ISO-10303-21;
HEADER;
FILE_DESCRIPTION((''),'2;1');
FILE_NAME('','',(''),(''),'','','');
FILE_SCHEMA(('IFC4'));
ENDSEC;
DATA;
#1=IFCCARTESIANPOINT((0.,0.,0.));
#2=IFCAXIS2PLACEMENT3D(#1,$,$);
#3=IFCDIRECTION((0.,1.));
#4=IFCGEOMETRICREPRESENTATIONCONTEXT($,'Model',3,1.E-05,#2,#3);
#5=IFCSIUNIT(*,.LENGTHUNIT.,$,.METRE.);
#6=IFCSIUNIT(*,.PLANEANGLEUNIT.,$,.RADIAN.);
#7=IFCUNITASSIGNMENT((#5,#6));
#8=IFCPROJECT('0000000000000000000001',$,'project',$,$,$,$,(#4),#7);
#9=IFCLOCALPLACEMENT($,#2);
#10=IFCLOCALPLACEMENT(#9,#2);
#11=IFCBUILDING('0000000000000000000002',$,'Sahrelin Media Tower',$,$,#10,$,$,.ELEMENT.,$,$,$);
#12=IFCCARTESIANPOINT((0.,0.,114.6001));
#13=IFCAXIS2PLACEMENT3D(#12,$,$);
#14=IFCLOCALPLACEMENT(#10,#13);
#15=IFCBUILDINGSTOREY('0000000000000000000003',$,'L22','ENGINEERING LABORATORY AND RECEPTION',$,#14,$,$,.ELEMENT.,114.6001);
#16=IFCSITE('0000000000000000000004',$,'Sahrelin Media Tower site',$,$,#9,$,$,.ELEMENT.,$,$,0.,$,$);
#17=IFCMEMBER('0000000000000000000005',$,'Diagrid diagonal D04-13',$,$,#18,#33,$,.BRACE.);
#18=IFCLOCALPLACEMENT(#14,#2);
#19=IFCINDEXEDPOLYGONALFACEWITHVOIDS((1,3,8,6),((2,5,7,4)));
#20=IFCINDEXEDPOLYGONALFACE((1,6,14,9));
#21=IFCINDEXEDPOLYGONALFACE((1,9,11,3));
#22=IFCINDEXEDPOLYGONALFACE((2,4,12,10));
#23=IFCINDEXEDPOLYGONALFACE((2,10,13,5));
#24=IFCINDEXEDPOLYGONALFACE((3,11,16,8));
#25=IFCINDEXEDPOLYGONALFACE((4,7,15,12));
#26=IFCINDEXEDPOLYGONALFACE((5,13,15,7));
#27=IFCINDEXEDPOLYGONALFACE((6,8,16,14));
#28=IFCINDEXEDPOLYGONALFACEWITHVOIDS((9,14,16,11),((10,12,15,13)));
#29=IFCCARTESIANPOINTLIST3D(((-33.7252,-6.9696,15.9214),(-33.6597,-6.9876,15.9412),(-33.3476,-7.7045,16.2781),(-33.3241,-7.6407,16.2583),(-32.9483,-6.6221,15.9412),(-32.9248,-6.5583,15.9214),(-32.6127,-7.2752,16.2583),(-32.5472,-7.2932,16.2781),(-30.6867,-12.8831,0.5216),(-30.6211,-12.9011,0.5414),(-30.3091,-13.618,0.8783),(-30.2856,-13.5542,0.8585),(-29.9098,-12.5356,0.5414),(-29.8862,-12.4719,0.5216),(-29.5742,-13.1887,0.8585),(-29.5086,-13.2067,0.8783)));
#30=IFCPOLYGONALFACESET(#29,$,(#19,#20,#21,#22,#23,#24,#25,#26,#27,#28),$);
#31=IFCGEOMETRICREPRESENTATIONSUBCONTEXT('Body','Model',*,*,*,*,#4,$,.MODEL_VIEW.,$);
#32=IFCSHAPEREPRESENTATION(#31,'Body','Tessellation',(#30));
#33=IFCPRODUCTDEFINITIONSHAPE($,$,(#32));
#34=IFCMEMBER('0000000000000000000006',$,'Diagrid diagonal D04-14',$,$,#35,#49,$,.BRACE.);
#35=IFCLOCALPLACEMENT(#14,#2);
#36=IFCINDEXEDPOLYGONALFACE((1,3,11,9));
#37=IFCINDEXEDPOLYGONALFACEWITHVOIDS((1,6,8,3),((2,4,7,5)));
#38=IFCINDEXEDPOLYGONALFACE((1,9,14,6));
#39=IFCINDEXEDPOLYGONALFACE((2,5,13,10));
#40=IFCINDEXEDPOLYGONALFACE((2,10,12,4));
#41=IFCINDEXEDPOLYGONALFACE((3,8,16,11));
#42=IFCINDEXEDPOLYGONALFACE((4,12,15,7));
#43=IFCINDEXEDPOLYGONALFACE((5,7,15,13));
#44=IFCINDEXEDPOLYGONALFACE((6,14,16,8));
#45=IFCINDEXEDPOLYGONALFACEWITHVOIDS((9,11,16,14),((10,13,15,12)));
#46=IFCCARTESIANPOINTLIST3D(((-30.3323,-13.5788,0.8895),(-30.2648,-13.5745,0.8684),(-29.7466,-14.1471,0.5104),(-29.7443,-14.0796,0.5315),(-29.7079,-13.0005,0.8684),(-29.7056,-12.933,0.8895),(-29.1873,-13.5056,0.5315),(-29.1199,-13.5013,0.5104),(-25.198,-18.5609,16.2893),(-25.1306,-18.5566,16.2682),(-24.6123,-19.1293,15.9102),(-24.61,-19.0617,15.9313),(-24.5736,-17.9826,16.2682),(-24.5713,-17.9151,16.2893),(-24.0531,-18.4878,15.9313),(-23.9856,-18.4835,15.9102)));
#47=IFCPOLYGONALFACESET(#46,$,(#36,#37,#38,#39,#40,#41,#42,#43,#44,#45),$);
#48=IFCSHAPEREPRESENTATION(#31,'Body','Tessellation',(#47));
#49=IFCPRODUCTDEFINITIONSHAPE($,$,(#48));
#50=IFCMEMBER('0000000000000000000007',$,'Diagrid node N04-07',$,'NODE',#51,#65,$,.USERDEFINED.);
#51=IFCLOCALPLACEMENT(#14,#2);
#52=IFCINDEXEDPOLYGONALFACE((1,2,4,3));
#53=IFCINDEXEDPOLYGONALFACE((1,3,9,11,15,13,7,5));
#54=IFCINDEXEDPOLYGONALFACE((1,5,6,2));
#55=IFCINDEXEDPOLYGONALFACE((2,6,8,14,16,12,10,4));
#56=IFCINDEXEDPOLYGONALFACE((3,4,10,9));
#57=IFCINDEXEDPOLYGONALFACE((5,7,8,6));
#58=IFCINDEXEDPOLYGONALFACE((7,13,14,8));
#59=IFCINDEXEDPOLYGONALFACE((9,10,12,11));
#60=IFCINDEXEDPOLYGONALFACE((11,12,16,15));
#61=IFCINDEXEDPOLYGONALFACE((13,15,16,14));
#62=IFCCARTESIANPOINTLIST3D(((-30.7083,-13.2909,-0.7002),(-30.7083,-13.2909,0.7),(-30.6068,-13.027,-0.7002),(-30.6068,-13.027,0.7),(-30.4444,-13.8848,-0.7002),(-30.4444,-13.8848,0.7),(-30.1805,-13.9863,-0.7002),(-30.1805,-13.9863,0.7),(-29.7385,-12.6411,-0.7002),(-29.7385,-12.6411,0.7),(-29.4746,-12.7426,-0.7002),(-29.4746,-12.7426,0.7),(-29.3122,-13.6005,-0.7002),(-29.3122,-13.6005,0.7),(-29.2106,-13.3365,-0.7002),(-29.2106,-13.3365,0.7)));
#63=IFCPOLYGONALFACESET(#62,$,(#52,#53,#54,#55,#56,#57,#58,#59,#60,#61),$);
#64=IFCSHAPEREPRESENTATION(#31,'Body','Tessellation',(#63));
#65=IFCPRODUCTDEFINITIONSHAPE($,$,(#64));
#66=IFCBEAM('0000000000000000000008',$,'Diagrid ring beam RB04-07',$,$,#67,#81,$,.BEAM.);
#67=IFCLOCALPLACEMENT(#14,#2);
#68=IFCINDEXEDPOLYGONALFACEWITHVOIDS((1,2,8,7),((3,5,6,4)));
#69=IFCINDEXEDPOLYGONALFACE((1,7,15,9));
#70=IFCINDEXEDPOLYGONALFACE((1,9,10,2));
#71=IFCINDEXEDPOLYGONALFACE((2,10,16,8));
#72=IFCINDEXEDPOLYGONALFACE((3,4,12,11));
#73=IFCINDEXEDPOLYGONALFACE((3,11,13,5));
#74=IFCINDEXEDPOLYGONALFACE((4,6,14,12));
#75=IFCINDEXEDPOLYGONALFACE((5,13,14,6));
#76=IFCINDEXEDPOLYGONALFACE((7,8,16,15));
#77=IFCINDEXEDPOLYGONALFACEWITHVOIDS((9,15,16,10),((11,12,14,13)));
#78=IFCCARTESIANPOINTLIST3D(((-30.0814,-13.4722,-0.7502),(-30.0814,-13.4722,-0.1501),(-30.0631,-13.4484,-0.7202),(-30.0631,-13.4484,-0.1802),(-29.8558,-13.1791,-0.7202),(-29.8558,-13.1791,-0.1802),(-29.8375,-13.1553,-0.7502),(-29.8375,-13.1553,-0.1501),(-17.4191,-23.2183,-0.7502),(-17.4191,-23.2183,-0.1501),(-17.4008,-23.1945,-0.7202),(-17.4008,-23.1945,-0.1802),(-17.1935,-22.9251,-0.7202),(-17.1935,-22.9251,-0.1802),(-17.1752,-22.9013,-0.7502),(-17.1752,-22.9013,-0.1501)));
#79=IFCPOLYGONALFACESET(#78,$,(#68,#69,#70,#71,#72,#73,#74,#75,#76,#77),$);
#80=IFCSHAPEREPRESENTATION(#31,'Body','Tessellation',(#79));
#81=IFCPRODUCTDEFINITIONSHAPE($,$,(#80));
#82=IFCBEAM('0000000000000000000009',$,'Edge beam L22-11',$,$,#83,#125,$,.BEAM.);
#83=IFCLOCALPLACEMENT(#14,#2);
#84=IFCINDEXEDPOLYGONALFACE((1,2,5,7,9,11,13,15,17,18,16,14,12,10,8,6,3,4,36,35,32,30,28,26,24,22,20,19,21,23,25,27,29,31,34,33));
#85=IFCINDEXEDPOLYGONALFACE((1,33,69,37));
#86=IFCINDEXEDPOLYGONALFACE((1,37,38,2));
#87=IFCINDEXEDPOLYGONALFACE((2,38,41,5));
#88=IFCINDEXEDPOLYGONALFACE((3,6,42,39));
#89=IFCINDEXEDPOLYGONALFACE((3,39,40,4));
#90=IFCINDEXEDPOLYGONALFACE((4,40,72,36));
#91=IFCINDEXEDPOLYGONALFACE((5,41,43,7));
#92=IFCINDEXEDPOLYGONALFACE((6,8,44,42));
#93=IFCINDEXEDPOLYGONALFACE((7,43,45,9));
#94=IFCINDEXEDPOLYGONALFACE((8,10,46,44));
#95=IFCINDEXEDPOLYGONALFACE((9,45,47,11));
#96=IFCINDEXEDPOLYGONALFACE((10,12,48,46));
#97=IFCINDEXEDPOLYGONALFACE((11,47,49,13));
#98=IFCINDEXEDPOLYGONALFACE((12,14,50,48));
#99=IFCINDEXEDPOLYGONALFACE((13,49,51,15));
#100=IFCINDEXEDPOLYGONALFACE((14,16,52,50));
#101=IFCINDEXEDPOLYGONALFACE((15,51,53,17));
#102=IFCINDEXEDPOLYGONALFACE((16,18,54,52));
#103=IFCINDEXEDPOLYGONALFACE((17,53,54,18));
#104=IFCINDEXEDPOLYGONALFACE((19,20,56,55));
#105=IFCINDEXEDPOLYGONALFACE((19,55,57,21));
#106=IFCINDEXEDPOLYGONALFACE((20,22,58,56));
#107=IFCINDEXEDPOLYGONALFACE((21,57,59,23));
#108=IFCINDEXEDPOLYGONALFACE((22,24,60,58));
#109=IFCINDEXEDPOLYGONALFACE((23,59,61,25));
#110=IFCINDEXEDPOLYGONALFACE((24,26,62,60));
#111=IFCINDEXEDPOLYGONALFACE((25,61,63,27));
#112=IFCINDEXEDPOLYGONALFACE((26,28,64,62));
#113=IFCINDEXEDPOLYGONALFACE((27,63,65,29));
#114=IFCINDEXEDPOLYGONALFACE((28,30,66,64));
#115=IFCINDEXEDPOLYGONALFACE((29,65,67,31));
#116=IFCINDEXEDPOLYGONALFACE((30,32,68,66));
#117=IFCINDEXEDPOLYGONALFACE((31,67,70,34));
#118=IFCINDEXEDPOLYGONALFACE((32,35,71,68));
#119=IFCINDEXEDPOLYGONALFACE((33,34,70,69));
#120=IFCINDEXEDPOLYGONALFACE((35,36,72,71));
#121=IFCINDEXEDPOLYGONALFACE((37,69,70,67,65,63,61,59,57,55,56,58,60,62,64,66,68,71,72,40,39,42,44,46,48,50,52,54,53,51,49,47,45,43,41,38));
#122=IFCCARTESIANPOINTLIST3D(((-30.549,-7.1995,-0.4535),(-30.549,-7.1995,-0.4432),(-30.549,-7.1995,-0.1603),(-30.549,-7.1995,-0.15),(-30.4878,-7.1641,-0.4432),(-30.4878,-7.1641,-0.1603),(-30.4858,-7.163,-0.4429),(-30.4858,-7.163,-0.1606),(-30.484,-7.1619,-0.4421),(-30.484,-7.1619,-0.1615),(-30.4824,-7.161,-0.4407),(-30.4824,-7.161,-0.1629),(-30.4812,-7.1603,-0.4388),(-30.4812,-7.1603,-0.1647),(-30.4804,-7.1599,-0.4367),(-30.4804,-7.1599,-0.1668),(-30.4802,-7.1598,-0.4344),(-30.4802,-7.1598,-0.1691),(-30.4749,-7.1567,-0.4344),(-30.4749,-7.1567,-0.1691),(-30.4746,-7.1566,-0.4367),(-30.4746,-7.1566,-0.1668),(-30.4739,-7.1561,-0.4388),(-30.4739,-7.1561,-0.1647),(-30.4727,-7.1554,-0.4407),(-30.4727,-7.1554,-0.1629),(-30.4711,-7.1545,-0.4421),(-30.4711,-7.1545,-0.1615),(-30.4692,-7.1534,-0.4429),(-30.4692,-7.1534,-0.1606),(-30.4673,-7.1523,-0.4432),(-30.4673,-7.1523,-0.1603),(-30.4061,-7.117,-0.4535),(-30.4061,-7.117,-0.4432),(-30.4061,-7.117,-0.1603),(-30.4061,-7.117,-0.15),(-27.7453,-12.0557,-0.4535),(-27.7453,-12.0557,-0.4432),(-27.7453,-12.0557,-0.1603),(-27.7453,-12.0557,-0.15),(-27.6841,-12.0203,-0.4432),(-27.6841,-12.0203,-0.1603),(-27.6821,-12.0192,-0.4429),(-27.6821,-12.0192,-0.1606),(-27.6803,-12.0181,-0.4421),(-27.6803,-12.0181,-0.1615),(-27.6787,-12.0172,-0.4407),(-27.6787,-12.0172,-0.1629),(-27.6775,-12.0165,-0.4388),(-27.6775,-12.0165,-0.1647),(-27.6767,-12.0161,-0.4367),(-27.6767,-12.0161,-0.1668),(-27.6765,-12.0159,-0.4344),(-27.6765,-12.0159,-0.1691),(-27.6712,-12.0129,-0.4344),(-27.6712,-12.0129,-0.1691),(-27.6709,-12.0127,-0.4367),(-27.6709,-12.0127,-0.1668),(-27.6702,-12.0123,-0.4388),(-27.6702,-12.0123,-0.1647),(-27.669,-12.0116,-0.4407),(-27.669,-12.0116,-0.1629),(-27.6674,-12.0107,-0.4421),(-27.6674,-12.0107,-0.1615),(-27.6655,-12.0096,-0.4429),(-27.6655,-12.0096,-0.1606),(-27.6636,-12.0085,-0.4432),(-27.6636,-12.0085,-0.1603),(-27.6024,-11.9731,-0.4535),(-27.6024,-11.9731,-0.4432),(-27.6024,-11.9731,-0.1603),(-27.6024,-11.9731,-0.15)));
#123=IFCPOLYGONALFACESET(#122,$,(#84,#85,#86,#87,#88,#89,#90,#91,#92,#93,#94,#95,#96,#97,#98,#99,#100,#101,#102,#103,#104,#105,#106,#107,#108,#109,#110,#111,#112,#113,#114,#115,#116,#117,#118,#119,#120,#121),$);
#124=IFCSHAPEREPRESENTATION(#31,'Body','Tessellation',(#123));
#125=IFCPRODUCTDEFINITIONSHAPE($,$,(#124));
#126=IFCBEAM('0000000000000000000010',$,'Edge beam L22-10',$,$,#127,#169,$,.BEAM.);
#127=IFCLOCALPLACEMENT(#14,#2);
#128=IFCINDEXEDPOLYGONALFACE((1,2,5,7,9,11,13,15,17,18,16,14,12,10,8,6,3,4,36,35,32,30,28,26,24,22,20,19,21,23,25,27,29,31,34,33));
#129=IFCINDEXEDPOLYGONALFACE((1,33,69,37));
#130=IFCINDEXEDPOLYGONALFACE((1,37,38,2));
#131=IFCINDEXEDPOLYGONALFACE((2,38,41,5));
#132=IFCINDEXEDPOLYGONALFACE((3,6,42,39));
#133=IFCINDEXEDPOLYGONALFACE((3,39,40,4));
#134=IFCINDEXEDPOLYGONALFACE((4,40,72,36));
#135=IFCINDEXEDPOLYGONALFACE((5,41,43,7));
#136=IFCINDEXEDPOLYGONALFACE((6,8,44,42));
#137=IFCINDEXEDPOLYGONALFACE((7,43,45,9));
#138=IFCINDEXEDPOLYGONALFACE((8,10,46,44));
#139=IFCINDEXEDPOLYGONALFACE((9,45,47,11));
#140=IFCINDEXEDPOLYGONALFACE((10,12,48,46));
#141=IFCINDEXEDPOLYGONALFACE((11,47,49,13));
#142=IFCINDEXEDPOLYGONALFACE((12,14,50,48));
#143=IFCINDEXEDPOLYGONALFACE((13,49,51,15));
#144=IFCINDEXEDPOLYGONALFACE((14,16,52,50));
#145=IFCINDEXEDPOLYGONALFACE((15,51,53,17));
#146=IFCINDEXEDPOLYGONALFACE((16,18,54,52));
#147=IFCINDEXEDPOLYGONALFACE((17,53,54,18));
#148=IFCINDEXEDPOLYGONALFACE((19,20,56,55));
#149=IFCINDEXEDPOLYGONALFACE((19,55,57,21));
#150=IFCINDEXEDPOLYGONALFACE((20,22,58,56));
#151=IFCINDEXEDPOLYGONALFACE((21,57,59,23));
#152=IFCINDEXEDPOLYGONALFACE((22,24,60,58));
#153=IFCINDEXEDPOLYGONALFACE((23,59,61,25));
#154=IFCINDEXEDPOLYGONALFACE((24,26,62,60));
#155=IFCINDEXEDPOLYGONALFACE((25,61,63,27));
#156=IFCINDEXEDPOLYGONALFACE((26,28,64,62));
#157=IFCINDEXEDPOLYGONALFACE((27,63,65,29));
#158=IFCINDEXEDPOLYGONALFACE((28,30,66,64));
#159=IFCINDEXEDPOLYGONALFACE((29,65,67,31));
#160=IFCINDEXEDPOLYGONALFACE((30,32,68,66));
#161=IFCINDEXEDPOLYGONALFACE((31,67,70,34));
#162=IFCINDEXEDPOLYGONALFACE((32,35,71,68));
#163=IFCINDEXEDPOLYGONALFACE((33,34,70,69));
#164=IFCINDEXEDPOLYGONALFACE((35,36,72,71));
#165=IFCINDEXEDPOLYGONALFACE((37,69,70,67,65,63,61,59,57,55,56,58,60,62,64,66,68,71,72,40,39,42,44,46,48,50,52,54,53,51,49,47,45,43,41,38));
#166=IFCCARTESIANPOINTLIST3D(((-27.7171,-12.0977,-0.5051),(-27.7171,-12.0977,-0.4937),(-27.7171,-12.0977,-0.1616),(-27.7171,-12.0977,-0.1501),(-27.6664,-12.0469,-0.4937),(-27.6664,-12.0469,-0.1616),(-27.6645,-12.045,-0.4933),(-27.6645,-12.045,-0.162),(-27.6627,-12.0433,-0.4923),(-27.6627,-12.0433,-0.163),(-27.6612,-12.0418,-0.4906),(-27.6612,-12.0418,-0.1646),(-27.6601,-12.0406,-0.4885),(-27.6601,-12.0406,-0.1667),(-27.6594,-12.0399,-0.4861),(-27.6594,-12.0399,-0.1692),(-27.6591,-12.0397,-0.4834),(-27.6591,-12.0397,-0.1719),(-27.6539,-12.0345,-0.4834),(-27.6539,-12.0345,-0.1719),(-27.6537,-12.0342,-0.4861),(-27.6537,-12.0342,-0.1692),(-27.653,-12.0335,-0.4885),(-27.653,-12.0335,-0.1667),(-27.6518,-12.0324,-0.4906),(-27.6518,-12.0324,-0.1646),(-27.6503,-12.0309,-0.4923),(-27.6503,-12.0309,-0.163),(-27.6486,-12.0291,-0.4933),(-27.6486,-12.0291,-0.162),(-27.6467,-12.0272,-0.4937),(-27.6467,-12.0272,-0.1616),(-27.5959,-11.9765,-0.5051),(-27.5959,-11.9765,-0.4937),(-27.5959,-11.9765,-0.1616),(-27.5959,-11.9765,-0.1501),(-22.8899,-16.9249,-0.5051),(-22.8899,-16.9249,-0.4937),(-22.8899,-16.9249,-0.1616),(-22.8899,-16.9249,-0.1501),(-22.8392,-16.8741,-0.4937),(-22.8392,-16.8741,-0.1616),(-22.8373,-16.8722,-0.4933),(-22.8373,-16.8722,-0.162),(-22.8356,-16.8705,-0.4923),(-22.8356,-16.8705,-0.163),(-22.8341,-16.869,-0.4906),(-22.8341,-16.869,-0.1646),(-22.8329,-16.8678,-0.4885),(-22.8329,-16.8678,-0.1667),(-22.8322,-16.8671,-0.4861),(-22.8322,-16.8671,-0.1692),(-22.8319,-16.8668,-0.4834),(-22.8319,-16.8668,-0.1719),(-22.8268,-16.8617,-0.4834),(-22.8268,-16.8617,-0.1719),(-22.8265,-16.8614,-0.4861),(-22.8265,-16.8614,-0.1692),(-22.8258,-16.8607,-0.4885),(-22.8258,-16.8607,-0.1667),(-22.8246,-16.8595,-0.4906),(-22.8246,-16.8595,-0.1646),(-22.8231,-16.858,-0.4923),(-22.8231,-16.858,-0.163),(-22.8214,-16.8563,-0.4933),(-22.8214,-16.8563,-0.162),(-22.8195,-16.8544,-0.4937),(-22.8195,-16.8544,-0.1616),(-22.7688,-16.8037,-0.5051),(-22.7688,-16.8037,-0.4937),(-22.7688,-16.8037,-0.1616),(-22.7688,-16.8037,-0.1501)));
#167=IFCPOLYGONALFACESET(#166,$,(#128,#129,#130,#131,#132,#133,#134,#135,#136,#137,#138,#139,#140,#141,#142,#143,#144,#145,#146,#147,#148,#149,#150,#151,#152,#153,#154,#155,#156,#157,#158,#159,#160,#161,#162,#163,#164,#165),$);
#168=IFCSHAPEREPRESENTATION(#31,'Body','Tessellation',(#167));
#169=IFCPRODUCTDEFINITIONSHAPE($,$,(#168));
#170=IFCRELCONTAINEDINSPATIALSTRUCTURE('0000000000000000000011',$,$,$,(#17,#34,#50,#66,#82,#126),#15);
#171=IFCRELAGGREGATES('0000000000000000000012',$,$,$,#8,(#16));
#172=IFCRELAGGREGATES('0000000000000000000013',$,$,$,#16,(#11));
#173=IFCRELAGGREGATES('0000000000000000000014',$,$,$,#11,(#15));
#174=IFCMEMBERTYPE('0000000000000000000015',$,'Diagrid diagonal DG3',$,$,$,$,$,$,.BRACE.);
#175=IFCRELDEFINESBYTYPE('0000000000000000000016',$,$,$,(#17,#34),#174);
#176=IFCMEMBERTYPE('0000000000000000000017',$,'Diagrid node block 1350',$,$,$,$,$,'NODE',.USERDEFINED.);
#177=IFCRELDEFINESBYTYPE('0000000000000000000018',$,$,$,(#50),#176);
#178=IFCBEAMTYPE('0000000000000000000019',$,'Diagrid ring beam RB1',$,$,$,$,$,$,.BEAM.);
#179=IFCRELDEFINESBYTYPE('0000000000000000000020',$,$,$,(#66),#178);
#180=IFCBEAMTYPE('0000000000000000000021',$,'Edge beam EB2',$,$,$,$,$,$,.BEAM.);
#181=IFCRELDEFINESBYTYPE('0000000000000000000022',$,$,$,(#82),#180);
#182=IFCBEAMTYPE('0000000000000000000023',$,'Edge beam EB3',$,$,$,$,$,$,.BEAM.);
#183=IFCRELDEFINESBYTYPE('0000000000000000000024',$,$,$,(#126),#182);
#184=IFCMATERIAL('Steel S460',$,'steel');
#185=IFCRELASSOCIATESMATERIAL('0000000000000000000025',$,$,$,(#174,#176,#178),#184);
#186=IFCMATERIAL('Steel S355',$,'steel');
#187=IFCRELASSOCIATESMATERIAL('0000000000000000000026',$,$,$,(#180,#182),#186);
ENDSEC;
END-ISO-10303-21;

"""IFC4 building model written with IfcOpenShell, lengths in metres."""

from ifc_helpers import new_model, si_unit, direction, frame, origin, origin_2d, place, context, subcontext, project, spatial, polyline, hollow_rectangle, i_section, outline, extrude, material, material_profile, profile_set, type_object, element, save


model = new_model("IFC4")

# Units and contexts
model_context = context("Model", 3, precision=1e-05, world=origin(), true_north=direction((0.0, 1.0)))
body_context = subcontext(model_context, "Body", "Model", "MODEL_VIEW")
ifc_project = project(units=[si_unit("LENGTHUNIT", "METRE"), si_unit("PLANEANGLEUNIT", "RADIAN")], contexts=[model_context])

# Site, building, storey
site_placement = place(None, origin())
site = spatial("IfcSite", under=ifc_project, at=site_placement, Name="Sahrelin Media Tower site", CompositionType="ELEMENT", RefElevation=0.0)
building_placement = place(site_placement, origin())
building = spatial("IfcBuilding", under=site, at=building_placement, Name="Sahrelin Media Tower", CompositionType="ELEMENT")
storey_placement = place(building_placement, frame((0.0, 0.0, 114.6001)))
storey = spatial("IfcBuildingStorey", under=building, at=storey_placement, Name="L22", Description="ENGINEERING LABORATORY AND RECEPTION", CompositionType="ELEMENT", Elevation=114.6001)

# Members
ifc_material_1 = material(Name="Steel S460", Category="steel")
ifc_material_profile_1 = material_profile(ifc_material_1, hollow_rectangle(XDim=0.8999, YDim=0.8999, WallThickness=0.05, at=origin_2d()), Name="Diagrid diagonal DG3")
ifc_profile_set_1 = profile_set([ifc_material_profile_1], Name="Steel S460")
member_type_1 = type_object("IfcMemberType", Name="Diagrid diagonal DG3", PredefinedType="BRACE", material=ifc_profile_set_1)
member_1_placement = place(storey_placement, frame((-30.0977, -13.0449, 0.7), z_axis=(-0.18115, 0.352548, 0.918093), x_axis=(-0.889452, -0.457028, 0.0)))
element("IfcMember", 1, at=member_1_placement, inside=storey, type_object=member_type_1, Name="Diagrid diagonal D04-13", PredefinedType="BRACE", context=body_context, shape_type="SweptSolid", body=[
    extrude(hollow_rectangle(XDim=0.8999, YDim=0.8999, WallThickness=0.05, at=origin_2d()), origin(), (0.0, 0.0, 1.0), 16.7737),
])
member_2_placement = place(storey_placement, frame((-29.7261, -13.54, 0.7), z_axis=(0.302362, -0.293405, 0.906913), x_axis=(0.696397, 0.717657, 0.0)))
element("IfcMember", 2, at=member_2_placement, inside=storey, type_object=member_type_1, Name="Diagrid diagonal D04-14", PredefinedType="BRACE", context=body_context, shape_type="SweptSolid", body=[
    extrude(hollow_rectangle(XDim=0.8999, YDim=0.8999, WallThickness=0.05, at=origin_2d()), origin(), (0.0, 0.0, 1.0), 16.9805),
])
ifc_material_profile_2 = material_profile(ifc_material_1, outline(polyline([(0.4751, -0.5249), (0.675, -0.325), (0.675, 0.325), (0.4751, 0.5249), (-0.4751, 0.5249), (-0.675, 0.325), (-0.675, -0.325), (-0.4751, -0.5249), (0.4751, -0.5249)])), Name="Diagrid node block 1350")
ifc_profile_set_2 = profile_set([ifc_material_profile_2], Name="Steel S460")
member_type_2 = type_object("IfcMemberType", Name="Diagrid node block 1350", ElementType="NODE", PredefinedType="USERDEFINED", material=ifc_profile_set_2)
member_3_placement = place(storey_placement, frame((-29.9595, -13.3137, -0.7002), z_axis=(0.0, 0.0, 1.0), x_axis=(-0.913831, -0.406094, 0.0)))
element("IfcMember", 3, at=member_3_placement, inside=storey, type_object=member_type_2, Name="Diagrid node N04-07", ObjectType="NODE", PredefinedType="USERDEFINED", context=body_context, shape_type="SweptSolid", body=[
    extrude(outline(polyline([(0.4751, -0.5249), (0.675, -0.325), (0.675, 0.325), (0.4751, 0.5249), (-0.4751, 0.5249), (-0.675, 0.325), (-0.675, -0.325), (-0.4751, -0.5249), (0.4751, -0.5249)])), origin(), (0.0, 0.0, 1.0), 1.4001),
])

# Beams
ifc_material_profile_3 = material_profile(ifc_material_1, hollow_rectangle(XDim=0.3999, YDim=0.6001, WallThickness=0.03, at=origin_2d()), Name="Diagrid ring beam RB1")
ifc_profile_set_3 = profile_set([ifc_material_profile_3], Name="Steel S460")
beam_type_1 = type_object("IfcBeamType", Name="Diagrid ring beam RB1", PredefinedType="BEAM", material=ifc_profile_set_3)
beam_1_placement = place(storey_placement, frame((-29.9595, -13.3137, -0.4502), z_axis=(0.792448, -0.60994, 0.0), x_axis=(0.60994, 0.792448, 0.0)))
element("IfcBeam", 4, at=beam_1_placement, inside=storey, type_object=beam_type_1, Name="Diagrid ring beam RB04-07", PredefinedType="BEAM", context=body_context, shape_type="SweptSolid", body=[
    extrude(hollow_rectangle(XDim=0.3999, YDim=0.6001, WallThickness=0.03, at=origin_2d()), origin(), (0.0, 0.0, 1.0), 15.9788),
])
ifc_material_2 = material(Name="Steel S355", Category="steel")
ifc_material_profile_4 = material_profile(ifc_material_2, i_section(OverallWidth=0.165, OverallDepth=0.3035, WebThickness=0.0061, FlangeThickness=0.0103, FilletRadius=0.0088, at=origin_2d()), Name="UB 305x165x40")
ifc_profile_set_4 = profile_set([ifc_material_profile_4], Name="Steel S355")
beam_type_2 = type_object("IfcBeamType", Name="Edge beam EB2", PredefinedType="BEAM", material=ifc_profile_set_4)
beam_2_placement = place(storey_placement, frame((-27.6738, -12.0144, -0.3018), z_axis=(-0.499998, 0.866027, 0.0), x_axis=(-0.866027, -0.499998, 0.0)))
element("IfcBeam", 5, at=beam_2_placement, inside=storey, type_object=beam_type_2, Name="Edge beam L22-11", PredefinedType="BEAM", context=body_context, shape_type="SweptSolid", body=[
    extrude(i_section(OverallWidth=0.165, OverallDepth=0.3035, WebThickness=0.0061, FlangeThickness=0.0103, FilletRadius=0.0088, at=origin_2d()), origin(), (0.0, 0.0, 1.0), 5.6074),
])
ifc_material_profile_5 = material_profile(ifc_material_2, i_section(OverallWidth=0.1714, OverallDepth=0.355, WebThickness=0.0073, FlangeThickness=0.0115, FilletRadius=0.0103, at=origin_2d()), Name="UB 356x171x51")
ifc_profile_set_5 = profile_set([ifc_material_profile_5], Name="Steel S355")
beam_type_3 = type_object("IfcBeamType", Name="Edge beam EB3", PredefinedType="BEAM", material=ifc_profile_set_5)
beam_3_placement = place(storey_placement, frame((-22.8293, -16.8643, -0.3276), z_axis=(-0.707107, 0.707107, 0.0), x_axis=(-0.707107, -0.707107, 0.0)))
element("IfcBeam", 6, at=beam_3_placement, inside=storey, type_object=beam_type_3, Name="Edge beam L22-10", PredefinedType="BEAM", context=body_context, shape_type="SweptSolid", body=[
    extrude(i_section(OverallWidth=0.1714, OverallDepth=0.355, WebThickness=0.0073, FlangeThickness=0.0115, FilletRadius=0.0103, at=origin_2d()), origin(), (0.0, 0.0, 1.0), 6.8267),
])

save(model, "model.ifc")
